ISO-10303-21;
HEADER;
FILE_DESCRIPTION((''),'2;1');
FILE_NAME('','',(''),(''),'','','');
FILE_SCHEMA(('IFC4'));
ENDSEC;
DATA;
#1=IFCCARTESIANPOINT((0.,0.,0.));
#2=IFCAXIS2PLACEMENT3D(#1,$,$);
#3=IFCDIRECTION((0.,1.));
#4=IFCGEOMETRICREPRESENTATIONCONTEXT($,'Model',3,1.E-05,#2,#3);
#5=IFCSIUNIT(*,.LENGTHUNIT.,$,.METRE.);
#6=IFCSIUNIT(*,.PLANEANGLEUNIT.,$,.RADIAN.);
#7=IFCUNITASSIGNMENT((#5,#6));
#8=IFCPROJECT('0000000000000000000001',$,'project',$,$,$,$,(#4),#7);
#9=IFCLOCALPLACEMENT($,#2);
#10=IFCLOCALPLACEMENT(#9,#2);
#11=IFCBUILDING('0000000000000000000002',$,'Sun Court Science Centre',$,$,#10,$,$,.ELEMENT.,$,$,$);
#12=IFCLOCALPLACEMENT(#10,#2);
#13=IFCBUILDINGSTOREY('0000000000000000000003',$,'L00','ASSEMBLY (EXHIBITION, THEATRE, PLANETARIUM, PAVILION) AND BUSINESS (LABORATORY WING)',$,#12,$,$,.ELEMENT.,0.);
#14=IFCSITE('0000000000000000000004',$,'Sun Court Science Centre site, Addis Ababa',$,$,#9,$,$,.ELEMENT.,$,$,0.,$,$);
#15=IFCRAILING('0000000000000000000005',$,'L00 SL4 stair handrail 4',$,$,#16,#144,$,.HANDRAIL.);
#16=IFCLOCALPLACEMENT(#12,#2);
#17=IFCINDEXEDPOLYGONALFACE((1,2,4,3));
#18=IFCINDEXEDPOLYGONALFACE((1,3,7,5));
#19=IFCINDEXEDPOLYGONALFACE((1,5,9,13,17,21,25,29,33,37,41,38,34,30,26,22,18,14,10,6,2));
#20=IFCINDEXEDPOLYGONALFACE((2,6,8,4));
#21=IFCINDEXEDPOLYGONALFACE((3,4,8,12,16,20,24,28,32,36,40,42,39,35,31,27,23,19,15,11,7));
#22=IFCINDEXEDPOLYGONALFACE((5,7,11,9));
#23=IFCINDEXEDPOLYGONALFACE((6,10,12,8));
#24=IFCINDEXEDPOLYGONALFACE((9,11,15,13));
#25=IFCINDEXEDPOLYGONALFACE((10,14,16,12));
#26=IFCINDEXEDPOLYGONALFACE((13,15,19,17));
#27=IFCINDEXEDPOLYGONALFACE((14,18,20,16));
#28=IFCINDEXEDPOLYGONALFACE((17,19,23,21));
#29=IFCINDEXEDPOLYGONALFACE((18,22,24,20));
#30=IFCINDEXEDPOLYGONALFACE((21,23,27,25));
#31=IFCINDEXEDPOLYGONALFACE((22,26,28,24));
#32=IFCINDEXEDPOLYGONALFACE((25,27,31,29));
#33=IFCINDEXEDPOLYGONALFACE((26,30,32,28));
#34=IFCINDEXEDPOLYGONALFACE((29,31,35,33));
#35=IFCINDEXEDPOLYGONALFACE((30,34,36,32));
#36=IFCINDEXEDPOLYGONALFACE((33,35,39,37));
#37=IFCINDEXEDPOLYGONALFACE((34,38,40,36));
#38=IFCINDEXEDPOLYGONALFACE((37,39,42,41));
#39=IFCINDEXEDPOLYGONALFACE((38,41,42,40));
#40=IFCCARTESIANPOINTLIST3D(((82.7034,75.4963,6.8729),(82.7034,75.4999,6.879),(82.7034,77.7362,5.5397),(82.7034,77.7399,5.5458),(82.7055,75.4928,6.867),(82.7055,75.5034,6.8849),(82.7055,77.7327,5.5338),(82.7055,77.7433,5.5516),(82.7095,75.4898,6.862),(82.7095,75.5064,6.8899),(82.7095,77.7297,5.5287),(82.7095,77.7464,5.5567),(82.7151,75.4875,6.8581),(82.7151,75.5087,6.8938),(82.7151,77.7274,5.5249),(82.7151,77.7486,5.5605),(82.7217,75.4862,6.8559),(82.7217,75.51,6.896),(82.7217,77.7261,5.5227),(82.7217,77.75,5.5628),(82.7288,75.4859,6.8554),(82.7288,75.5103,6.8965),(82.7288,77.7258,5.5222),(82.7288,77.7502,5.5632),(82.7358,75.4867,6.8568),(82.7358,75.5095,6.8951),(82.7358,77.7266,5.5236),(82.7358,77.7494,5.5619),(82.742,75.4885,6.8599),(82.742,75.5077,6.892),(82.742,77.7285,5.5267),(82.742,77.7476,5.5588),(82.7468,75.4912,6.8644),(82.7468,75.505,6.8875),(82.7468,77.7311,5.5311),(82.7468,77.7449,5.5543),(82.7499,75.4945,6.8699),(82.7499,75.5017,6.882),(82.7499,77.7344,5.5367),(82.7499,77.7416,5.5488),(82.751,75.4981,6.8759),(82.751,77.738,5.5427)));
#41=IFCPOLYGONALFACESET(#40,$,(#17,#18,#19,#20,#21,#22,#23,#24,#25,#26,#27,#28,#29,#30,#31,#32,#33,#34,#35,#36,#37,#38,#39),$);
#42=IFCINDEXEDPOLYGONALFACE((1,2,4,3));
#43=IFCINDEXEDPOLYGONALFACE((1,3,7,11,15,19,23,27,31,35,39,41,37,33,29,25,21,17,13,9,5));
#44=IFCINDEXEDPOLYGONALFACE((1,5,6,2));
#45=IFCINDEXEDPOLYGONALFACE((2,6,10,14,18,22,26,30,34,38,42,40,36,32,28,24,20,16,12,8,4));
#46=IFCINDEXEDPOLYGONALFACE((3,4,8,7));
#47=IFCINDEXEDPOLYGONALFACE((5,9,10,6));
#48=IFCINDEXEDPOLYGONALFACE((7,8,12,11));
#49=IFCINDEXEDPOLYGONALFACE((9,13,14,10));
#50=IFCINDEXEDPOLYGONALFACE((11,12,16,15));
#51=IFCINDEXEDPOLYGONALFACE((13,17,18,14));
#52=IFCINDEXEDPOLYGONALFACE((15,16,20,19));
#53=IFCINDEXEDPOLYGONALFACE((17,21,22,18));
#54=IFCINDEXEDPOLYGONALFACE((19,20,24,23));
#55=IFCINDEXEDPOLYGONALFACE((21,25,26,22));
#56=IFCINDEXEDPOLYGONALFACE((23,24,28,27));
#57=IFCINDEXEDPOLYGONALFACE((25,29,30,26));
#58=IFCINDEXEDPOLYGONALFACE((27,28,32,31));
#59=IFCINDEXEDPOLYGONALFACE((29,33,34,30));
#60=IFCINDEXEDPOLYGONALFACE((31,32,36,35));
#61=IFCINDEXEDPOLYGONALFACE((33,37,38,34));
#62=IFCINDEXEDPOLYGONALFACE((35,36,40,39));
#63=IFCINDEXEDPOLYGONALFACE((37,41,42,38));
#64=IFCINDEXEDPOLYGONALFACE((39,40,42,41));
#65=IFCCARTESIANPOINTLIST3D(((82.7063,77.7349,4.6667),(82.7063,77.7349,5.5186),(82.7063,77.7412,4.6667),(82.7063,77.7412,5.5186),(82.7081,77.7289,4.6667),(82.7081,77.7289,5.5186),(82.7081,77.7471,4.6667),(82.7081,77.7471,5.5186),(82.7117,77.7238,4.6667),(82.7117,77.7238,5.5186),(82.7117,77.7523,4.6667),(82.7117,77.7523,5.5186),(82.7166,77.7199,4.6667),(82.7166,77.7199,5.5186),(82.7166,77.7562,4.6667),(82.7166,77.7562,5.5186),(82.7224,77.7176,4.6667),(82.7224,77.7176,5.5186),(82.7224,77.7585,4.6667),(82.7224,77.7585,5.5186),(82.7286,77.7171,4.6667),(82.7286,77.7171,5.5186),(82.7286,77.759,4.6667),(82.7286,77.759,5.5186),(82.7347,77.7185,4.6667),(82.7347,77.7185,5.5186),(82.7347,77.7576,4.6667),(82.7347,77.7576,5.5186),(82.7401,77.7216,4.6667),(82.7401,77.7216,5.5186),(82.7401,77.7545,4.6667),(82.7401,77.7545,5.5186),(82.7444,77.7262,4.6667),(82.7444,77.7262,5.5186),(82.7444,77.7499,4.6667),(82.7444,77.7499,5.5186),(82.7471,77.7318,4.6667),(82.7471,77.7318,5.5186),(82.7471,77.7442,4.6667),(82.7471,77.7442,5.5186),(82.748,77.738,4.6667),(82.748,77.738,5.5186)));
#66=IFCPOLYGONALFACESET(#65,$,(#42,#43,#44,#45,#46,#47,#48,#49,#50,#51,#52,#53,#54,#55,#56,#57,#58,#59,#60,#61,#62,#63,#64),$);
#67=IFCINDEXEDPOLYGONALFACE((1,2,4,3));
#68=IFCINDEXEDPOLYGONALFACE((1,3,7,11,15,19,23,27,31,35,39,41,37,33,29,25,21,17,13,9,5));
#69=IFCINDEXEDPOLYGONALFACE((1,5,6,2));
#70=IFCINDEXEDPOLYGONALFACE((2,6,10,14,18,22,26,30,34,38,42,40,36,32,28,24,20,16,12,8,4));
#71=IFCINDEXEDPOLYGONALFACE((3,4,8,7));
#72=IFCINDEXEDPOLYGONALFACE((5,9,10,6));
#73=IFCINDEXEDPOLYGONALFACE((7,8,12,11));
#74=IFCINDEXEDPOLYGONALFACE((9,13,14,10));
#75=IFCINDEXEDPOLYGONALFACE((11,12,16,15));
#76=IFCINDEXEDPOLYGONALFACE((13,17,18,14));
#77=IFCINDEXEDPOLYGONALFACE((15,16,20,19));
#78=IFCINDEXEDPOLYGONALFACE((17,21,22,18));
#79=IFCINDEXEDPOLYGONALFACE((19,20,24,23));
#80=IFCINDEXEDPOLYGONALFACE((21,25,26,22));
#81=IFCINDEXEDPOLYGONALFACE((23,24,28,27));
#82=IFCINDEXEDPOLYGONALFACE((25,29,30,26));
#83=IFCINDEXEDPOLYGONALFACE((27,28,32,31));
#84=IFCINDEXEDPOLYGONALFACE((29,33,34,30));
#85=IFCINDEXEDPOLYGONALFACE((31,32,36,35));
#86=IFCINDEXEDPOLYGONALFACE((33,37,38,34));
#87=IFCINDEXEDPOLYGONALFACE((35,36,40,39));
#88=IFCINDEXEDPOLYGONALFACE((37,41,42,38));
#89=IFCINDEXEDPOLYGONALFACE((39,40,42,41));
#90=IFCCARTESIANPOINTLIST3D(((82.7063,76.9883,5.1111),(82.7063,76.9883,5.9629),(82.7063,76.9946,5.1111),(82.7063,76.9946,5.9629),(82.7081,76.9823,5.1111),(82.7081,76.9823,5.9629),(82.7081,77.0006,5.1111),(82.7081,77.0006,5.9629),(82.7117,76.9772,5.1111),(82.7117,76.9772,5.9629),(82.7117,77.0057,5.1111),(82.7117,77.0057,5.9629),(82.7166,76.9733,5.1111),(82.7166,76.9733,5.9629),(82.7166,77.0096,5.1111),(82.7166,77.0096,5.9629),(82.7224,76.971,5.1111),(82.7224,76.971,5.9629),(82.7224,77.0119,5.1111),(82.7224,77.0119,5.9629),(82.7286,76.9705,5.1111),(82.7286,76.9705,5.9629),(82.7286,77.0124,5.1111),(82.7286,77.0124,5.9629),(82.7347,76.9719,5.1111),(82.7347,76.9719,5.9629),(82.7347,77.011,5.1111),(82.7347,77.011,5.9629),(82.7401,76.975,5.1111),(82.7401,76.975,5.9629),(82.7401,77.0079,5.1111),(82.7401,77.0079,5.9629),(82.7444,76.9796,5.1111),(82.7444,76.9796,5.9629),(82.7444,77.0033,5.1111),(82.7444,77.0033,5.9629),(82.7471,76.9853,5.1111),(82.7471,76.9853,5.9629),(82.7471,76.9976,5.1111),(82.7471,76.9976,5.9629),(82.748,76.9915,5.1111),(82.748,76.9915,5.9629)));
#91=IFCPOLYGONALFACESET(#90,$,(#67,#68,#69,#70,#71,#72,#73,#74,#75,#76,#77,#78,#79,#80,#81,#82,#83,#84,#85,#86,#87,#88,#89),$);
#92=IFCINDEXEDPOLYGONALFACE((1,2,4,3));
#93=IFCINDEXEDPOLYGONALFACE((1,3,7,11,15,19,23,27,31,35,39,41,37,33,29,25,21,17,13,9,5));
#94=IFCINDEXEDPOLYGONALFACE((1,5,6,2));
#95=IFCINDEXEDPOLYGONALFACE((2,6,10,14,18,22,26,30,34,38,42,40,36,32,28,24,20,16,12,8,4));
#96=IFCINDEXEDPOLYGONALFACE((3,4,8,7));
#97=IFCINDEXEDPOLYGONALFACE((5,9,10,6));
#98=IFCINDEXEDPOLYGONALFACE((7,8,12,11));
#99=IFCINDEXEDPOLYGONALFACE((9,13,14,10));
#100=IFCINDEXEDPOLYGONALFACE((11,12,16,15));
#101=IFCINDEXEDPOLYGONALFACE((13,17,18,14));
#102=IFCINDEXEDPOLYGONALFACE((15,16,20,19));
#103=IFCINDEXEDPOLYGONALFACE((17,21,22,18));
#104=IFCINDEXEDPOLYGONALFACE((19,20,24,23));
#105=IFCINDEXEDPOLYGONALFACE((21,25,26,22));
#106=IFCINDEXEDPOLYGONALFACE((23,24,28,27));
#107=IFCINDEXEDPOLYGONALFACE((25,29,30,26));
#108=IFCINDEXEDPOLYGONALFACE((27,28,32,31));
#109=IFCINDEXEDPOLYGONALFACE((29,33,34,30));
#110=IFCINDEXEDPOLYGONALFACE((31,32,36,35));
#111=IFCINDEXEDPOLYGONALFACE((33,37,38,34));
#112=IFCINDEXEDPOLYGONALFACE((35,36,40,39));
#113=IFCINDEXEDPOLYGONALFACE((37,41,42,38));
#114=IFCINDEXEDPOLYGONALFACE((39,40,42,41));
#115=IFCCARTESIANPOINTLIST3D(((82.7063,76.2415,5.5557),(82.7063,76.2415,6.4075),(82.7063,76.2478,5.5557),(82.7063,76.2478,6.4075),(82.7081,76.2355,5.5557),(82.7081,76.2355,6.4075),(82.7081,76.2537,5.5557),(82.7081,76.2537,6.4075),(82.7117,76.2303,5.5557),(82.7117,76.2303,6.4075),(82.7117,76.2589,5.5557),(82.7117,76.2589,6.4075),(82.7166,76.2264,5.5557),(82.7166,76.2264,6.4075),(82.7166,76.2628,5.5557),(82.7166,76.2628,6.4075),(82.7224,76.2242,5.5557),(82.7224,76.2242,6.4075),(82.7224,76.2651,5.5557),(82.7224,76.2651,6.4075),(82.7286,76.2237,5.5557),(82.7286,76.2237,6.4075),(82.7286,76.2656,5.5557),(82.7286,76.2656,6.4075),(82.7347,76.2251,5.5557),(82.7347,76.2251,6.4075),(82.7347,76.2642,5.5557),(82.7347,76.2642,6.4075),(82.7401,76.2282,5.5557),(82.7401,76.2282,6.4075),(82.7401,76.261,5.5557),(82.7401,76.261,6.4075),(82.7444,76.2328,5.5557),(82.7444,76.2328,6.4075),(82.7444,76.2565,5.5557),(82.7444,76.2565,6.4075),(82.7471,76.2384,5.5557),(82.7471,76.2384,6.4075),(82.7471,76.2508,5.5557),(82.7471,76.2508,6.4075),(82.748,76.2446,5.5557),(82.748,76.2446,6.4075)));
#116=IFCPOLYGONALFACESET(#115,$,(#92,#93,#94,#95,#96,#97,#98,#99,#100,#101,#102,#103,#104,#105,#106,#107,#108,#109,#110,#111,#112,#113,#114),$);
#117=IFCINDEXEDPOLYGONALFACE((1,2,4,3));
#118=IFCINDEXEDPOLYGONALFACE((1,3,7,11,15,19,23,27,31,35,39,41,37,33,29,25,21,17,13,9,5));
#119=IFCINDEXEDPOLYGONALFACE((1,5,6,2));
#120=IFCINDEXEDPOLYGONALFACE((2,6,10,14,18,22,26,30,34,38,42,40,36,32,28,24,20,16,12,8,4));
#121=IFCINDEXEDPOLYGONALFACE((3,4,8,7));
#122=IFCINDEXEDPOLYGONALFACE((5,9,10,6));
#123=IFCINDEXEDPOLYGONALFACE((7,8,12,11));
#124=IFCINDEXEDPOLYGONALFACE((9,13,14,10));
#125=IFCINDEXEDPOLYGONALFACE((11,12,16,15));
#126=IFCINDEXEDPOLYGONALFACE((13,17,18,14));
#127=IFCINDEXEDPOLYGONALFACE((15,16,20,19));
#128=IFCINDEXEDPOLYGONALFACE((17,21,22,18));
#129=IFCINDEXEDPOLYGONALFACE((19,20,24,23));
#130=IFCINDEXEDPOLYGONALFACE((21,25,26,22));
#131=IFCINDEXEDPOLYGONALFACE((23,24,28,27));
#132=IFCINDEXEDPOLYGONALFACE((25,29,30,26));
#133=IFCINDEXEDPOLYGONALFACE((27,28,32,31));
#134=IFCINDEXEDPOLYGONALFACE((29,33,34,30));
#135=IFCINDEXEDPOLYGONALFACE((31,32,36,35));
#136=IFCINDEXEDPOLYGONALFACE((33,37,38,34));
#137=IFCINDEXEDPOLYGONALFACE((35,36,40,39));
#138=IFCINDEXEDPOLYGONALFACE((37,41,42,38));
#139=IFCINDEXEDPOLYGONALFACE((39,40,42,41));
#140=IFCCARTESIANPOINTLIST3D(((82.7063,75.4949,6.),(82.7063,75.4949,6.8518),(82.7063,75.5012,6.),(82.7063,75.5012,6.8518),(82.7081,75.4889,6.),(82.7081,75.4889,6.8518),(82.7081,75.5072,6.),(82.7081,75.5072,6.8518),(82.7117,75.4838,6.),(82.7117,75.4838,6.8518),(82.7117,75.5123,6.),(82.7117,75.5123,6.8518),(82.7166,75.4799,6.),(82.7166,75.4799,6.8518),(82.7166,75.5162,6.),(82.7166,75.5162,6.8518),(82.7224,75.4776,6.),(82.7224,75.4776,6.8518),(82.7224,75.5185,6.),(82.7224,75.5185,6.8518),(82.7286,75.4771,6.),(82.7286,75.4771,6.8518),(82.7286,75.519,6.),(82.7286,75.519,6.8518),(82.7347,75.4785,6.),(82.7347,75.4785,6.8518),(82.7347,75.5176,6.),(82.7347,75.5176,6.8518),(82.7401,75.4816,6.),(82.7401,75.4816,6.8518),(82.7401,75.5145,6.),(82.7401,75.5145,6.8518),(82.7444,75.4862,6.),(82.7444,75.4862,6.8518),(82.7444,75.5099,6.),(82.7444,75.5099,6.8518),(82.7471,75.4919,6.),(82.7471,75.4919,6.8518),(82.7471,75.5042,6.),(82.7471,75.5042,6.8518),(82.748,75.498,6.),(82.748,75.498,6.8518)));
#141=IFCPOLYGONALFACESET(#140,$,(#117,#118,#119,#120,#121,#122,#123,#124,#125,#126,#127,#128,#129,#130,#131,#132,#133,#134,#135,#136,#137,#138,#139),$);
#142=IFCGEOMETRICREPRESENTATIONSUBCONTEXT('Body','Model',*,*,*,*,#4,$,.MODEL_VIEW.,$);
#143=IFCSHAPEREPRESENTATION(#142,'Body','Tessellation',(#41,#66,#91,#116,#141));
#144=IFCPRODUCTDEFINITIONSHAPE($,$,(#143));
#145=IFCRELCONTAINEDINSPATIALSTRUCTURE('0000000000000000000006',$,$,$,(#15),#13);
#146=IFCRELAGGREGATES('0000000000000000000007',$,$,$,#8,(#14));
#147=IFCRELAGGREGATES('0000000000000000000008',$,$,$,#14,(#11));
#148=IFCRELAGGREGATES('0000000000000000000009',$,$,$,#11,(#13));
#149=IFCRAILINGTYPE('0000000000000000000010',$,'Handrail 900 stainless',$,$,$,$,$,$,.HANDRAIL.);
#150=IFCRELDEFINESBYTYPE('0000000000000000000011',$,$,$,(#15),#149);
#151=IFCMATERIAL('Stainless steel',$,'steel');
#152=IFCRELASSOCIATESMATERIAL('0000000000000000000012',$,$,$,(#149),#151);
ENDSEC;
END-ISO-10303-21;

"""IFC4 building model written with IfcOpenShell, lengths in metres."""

from ifc_helpers import new_model, si_unit, direction, frame, origin, origin_2d, place, context, subcontext, project, spatial, circle, extrude, material, type_object, element, save


model = new_model("IFC4")

# Units and contexts
model_context = context("Model", 3, precision=1e-05, world=origin(), true_north=direction((0.0, 1.0)))
body_context = subcontext(model_context, "Body", "Model", "MODEL_VIEW")
ifc_project = project(units=[si_unit("LENGTHUNIT", "METRE"), si_unit("PLANEANGLEUNIT", "RADIAN")], contexts=[model_context])

# Site, building, storey
site_placement = place(None, origin())
site = spatial("IfcSite", under=ifc_project, at=site_placement, Name="Sun Court Science Centre site, Addis Ababa", CompositionType="ELEMENT", RefElevation=0.0)
building_placement = place(site_placement, origin())
building = spatial("IfcBuilding", under=site, at=building_placement, Name="Sun Court Science Centre", CompositionType="ELEMENT")
storey_placement = place(building_placement, origin())
storey = spatial("IfcBuildingStorey", under=building, at=storey_placement, Name="L00", Description="ASSEMBLY (EXHIBITION, THEATRE, PLANETARIUM, PAVILION) AND BUSINESS (LABORATORY WING)", CompositionType="ELEMENT", Elevation=0.0)

# Railing
ifc_material_1 = material(Name="Stainless steel", Category="steel")
railing_type_1 = type_object("IfcRailingType", Name="Handrail 900 stainless", PredefinedType="HANDRAIL", material=ifc_material_1)
for number, where, name in (
    (1, (82.7271, 77.738, 4.6667), "L00 SL4 stair handrail 4"),
):
    element("IfcRailing", number, at=place(storey_placement, frame(where)), inside=storey, type_object=railing_type_1, Name=name, PredefinedType="HANDRAIL", context=body_context, shape_type="SweptSolid", body=[
        extrude(circle(Radius=0.0239, at=origin_2d()), frame((0.0, 0.0, 0.876), z_axis=(0.0, -0.859306, 0.511462), x_axis=(1.0, 0.0, 0.0)), (0.0, 0.0, 1.0), 2.6067),
        extrude(circle(Radius=0.021, at=origin_2d()), origin(), (0.0, 0.0, 1.0), 0.8518),
        extrude(circle(Radius=0.021, at=origin_2d()), frame((0.0, -0.7466, 0.4443)), (0.0, 0.0, 1.0), 0.8518),
        extrude(circle(Radius=0.021, at=origin_2d()), frame((0.0, -1.4934, 0.8889)), (0.0, 0.0, 1.0), 0.8518),
        extrude(circle(Radius=0.021, at=origin_2d()), frame((0.0, -2.24, 1.3333)), (0.0, 0.0, 1.0), 0.8518),
    ])

save(model, "model.ifc")
